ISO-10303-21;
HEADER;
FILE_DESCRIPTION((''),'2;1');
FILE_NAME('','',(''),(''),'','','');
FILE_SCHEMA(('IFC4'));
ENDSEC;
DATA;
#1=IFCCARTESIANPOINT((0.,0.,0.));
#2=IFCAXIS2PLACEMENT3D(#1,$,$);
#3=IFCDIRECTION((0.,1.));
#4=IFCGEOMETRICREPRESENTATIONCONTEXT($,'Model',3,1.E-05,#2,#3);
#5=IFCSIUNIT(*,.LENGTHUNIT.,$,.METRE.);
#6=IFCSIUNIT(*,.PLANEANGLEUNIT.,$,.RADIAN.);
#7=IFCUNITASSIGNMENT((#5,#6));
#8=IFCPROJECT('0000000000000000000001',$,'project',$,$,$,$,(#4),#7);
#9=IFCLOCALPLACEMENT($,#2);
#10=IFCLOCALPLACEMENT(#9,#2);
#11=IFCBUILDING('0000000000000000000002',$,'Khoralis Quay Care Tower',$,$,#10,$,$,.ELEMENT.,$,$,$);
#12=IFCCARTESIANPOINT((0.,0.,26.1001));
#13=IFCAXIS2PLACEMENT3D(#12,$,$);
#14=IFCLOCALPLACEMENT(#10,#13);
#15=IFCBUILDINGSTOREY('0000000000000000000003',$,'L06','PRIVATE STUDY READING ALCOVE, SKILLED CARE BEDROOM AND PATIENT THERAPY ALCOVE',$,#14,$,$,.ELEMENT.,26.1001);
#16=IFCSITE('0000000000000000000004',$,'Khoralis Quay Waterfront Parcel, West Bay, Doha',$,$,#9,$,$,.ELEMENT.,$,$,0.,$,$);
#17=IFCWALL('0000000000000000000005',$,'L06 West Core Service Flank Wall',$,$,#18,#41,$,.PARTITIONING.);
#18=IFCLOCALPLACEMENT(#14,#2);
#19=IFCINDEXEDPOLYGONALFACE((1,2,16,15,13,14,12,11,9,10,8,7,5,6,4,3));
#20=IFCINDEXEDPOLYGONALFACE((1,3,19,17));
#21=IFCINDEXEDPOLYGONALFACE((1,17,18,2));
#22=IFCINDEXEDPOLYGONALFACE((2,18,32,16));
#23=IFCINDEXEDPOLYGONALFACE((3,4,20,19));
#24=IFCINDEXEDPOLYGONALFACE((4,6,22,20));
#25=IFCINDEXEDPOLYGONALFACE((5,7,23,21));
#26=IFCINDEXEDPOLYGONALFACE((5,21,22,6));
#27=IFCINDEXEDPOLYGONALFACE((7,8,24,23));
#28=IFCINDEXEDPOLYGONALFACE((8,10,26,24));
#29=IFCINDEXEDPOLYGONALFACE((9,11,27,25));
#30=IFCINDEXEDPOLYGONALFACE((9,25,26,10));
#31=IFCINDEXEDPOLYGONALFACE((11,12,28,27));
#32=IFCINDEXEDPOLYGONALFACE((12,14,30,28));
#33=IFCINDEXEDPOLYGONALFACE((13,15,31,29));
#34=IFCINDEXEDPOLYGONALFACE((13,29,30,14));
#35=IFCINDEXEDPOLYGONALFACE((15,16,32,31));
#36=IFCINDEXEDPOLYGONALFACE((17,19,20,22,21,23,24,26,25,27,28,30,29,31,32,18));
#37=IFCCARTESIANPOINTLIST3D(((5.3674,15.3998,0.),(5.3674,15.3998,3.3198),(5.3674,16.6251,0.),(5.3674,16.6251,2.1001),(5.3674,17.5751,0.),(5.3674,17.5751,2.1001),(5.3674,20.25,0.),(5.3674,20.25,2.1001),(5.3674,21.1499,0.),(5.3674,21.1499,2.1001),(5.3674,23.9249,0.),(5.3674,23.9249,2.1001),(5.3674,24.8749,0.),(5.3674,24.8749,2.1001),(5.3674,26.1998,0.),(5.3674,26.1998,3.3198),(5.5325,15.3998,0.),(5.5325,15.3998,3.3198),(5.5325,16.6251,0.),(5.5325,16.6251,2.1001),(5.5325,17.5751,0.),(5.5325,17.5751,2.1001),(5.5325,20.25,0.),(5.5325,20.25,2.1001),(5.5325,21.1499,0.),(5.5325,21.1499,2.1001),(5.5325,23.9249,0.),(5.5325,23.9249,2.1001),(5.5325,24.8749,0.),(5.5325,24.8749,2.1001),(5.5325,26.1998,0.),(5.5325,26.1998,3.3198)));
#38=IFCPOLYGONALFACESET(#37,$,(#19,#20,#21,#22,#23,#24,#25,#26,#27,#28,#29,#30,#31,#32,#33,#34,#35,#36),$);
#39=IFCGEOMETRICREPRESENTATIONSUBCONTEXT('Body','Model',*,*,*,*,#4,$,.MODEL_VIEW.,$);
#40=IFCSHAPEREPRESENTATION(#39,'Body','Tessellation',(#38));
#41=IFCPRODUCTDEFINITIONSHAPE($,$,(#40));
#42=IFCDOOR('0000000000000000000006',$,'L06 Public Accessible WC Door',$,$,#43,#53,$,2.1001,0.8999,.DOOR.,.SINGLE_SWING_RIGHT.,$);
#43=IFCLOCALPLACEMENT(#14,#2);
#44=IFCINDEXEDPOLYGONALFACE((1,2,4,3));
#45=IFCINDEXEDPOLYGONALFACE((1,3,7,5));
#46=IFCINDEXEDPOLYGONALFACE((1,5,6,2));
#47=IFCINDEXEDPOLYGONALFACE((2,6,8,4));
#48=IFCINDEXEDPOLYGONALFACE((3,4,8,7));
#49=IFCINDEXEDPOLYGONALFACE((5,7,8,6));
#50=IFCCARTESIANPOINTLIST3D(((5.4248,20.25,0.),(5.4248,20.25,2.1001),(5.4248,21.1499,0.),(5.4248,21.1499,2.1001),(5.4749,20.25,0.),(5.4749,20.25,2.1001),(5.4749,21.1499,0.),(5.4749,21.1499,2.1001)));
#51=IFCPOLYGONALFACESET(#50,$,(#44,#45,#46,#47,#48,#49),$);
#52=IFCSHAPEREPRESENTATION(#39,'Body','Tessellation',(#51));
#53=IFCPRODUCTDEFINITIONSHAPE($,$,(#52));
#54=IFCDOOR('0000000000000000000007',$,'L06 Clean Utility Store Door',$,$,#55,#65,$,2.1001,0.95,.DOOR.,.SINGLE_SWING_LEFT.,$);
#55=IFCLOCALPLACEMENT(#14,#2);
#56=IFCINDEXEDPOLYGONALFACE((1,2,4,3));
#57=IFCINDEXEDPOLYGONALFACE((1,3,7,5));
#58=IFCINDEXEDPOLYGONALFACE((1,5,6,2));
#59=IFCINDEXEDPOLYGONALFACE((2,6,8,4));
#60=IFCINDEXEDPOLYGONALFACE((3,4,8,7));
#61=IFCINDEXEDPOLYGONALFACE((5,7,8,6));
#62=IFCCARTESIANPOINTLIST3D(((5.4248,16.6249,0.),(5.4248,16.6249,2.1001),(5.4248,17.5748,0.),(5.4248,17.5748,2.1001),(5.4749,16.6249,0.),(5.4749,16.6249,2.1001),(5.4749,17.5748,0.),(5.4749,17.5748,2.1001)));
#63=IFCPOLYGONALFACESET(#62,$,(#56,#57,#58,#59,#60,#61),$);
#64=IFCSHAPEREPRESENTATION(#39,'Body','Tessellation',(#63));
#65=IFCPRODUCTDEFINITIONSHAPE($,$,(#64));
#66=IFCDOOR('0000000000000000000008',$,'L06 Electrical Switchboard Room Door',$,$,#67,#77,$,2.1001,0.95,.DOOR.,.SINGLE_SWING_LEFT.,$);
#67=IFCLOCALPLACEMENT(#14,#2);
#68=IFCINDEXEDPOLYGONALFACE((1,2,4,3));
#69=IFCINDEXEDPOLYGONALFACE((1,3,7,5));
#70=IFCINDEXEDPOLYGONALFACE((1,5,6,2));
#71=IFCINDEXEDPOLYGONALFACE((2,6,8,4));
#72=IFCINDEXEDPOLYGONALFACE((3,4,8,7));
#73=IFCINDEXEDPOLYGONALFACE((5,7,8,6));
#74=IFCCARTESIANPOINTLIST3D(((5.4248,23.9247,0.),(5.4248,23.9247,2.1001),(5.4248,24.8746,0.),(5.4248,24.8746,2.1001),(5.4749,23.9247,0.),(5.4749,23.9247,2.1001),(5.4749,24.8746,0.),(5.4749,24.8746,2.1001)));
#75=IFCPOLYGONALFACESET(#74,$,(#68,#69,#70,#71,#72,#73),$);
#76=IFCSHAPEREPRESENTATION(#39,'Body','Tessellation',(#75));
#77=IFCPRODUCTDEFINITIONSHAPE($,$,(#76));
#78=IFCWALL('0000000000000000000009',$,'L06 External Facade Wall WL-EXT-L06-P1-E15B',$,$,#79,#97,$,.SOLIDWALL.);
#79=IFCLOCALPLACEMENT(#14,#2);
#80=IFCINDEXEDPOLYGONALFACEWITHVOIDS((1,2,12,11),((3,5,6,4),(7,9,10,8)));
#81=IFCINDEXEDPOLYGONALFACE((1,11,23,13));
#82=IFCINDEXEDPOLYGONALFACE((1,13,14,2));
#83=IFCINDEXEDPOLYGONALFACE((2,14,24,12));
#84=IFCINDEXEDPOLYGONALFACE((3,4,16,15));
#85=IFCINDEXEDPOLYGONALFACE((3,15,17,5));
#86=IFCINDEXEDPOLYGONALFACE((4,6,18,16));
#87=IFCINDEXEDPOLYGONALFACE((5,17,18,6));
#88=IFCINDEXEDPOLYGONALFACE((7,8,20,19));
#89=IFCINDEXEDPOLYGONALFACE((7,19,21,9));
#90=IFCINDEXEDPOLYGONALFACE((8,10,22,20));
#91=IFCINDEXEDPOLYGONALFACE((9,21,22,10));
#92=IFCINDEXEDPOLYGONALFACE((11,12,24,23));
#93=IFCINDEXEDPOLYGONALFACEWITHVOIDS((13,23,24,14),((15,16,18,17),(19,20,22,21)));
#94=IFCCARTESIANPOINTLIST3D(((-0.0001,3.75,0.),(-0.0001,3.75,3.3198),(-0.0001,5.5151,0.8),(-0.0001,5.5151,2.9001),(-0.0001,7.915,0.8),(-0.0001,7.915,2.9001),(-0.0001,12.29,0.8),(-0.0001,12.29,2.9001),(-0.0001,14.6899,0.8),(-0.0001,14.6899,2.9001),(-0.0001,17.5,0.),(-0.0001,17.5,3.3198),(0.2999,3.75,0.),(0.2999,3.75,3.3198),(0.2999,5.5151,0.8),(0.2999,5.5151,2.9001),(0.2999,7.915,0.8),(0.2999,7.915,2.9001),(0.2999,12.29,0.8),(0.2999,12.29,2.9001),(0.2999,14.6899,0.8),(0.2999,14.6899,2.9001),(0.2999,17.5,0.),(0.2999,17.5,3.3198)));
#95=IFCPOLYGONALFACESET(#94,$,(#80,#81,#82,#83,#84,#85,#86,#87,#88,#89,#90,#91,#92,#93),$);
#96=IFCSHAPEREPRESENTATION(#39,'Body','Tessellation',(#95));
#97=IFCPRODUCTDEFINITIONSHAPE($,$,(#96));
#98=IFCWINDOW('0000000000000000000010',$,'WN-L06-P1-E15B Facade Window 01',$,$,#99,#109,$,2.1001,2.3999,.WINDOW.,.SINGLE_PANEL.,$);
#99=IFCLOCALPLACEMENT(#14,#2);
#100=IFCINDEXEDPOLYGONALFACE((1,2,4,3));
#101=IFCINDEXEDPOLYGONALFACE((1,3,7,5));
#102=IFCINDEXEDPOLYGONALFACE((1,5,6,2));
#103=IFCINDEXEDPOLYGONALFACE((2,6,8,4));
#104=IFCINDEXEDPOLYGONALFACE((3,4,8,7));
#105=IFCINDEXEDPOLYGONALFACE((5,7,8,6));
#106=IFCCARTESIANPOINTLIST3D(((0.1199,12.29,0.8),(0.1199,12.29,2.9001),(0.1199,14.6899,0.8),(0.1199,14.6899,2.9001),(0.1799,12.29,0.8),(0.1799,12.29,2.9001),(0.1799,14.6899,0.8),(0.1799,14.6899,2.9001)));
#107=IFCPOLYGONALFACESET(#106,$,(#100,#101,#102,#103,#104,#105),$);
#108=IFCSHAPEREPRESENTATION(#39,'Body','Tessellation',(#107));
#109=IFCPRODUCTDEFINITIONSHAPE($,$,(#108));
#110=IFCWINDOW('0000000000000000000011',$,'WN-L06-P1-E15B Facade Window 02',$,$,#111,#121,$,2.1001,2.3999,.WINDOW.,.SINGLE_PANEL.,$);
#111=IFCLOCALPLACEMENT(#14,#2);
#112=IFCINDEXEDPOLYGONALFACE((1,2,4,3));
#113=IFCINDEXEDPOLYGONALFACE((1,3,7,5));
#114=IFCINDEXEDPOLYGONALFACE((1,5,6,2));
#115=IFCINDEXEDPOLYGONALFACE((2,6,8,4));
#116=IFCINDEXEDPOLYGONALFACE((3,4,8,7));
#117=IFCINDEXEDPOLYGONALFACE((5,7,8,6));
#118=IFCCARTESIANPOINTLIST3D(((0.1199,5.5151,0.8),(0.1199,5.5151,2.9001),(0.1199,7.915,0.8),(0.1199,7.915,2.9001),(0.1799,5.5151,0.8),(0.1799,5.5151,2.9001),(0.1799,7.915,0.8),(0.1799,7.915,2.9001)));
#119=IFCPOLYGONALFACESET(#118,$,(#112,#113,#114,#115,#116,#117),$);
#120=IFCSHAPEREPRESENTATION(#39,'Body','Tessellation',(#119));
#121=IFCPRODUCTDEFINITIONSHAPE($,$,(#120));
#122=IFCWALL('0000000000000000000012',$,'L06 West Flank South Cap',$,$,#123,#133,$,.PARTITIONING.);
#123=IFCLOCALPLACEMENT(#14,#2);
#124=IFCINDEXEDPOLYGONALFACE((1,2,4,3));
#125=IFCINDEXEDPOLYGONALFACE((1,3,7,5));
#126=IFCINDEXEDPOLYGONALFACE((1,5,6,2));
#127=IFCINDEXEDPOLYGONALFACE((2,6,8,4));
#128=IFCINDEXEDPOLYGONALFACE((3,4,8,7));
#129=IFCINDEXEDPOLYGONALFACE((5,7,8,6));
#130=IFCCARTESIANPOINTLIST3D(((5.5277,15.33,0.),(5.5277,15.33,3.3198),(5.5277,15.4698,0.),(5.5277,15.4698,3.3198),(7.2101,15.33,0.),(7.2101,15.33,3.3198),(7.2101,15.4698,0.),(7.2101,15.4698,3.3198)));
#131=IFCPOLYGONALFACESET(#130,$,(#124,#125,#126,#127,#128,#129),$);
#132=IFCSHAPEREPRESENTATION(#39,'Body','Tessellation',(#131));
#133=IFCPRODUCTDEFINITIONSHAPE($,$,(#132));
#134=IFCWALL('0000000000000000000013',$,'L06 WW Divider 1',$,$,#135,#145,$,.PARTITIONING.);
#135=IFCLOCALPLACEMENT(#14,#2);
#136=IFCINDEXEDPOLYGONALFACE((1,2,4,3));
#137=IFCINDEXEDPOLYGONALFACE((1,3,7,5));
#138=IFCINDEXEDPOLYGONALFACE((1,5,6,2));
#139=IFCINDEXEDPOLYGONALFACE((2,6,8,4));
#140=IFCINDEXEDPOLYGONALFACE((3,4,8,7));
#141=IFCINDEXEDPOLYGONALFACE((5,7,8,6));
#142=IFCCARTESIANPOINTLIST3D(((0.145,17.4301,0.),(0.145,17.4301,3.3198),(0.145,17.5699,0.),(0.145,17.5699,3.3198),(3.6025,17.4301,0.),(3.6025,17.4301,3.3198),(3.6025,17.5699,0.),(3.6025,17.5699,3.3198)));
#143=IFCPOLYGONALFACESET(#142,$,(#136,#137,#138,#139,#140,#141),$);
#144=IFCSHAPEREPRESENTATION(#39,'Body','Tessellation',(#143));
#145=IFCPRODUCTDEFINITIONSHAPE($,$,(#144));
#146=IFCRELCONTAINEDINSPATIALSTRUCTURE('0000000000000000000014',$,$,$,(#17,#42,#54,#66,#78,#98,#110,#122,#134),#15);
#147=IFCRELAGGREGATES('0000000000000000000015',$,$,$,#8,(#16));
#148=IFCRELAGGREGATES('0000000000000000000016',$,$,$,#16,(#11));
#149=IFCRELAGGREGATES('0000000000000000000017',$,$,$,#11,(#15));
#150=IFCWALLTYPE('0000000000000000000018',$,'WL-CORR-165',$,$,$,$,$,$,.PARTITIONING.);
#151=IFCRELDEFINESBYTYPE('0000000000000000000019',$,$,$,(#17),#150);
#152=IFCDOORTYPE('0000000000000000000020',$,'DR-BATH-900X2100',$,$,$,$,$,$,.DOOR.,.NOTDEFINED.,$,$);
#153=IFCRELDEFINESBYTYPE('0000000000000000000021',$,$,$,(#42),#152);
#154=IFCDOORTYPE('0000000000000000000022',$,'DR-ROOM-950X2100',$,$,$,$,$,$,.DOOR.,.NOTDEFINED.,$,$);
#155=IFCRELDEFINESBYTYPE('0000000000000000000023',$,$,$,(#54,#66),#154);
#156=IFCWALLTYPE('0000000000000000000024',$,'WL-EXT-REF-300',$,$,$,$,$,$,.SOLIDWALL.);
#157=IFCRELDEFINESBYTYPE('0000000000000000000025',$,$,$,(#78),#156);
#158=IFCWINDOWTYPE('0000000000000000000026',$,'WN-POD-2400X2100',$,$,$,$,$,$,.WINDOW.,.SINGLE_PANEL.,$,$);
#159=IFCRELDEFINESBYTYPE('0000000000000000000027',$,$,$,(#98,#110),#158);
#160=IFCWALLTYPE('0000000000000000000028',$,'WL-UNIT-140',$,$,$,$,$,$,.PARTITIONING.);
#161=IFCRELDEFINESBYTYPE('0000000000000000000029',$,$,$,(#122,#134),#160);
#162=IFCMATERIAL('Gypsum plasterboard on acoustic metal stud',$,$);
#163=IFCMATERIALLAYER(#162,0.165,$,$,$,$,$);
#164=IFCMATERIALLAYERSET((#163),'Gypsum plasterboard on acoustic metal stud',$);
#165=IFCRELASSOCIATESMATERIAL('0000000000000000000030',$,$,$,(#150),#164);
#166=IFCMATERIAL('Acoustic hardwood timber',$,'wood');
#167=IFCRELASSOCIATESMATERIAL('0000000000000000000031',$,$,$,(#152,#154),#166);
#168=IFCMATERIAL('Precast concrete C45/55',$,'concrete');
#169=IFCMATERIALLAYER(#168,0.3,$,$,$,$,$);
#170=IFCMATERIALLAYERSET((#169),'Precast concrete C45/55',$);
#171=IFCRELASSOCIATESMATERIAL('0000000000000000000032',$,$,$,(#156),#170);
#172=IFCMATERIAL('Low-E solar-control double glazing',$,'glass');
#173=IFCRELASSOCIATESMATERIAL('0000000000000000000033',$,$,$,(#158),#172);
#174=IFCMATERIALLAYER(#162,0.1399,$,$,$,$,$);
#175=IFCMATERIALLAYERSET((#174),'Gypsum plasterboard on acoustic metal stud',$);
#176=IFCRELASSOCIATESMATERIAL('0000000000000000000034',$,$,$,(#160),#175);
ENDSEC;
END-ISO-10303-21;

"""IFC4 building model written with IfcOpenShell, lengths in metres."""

from ifc_helpers import new_model, si_unit, direction, frame, frame_2d, origin, place, context, subcontext, project, spatial, rectangle, extrude, source, transform, mapped, material, layer, layer_set, type_object, element, fill, save


model = new_model("IFC4")

# Units and contexts
model_context = context("Model", 3, precision=1e-05, world=origin(), true_north=direction((0.0, 1.0)))
body_context = subcontext(model_context, "Body", "Model", "MODEL_VIEW")
ifc_project = project(units=[si_unit("LENGTHUNIT", "METRE"), si_unit("PLANEANGLEUNIT", "RADIAN")], contexts=[model_context])

# Site, building, storey
site_placement = place(None, origin())
site = spatial("IfcSite", under=ifc_project, at=site_placement, Name="Khoralis Quay Waterfront Parcel, West Bay, Doha", CompositionType="ELEMENT", RefElevation=0.0)
building_placement = place(site_placement, origin())
building = spatial("IfcBuilding", under=site, at=building_placement, Name="Khoralis Quay Care Tower", CompositionType="ELEMENT")
storey_placement = place(building_placement, frame((0.0, 0.0, 26.1001)))
storey = spatial("IfcBuildingStorey", under=building, at=storey_placement, Name="L06", Description="PRIVATE STUDY READING ALCOVE, SKILLED CARE BEDROOM AND PATIENT THERAPY ALCOVE", CompositionType="ELEMENT", Elevation=26.1001)

# Shared definitions
ifc_material_1 = material(Name="Low-E solar-control double glazing", Category="glass")

# Wall, openings, doors
ifc_material_2 = material(Name="Gypsum plasterboard on acoustic metal stud")
ifc_layer_1 = layer(ifc_material_2, 0.165)
ifc_layer_set_1 = layer_set([ifc_layer_1], Name="Gypsum plasterboard on acoustic metal stud")
wall_type_1 = type_object("IfcWallType", Name="WL-CORR-165", PredefinedType="PARTITIONING", material=ifc_layer_set_1)
wall_1_placement = place(storey_placement, frame((5.45, 15.3999, 0.0), z_axis=(0.0, 0.0, 1.0), x_axis=(0.0, 1.0, 0.0)))
wall_1 = element("IfcWall", 1, at=wall_1_placement, inside=storey, type_object=wall_type_1, Name="L06 West Core Service Flank Wall", PredefinedType="PARTITIONING", context=body_context, shape_type="SweptSolid", body=[
    extrude(rectangle(XDim=10.8, YDim=0.165, at=frame_2d((5.3999, 0.0))), origin(), (0.0, 0.0, 1.0), 3.3198),
])
opening_1_placement = place(wall_1_placement, frame((1.2251, 0.0, 0.0)))
opening_1 = element("IfcOpeningElement", 2, at=opening_1_placement, cuts=wall_1, PredefinedType="OPENING", context=body_context, shape_type="SweptSolid", body=[
    extrude(rectangle(XDim=0.95, YDim=2.1001, at=frame_2d((0.4751, 1.05))), frame((0.0, 0.0925, 0.0), z_axis=(0.0, -1.0, 0.0), x_axis=(1.0, 0.0, 0.0)), (0.0, 0.0, 1.0), 0.1851),
])
opening_2_placement = place(wall_1_placement, frame((4.8501, 0.0, 0.0)))
opening_2 = element("IfcOpeningElement", 3, at=opening_2_placement, cuts=wall_1, PredefinedType="OPENING", context=body_context, shape_type="SweptSolid", body=[
    extrude(rectangle(XDim=0.8999, YDim=2.1001, at=frame_2d((0.45, 1.05))), frame((0.0, 0.0925, 0.0), z_axis=(0.0, -1.0, 0.0), x_axis=(1.0, 0.0, 0.0)), (0.0, 0.0, 1.0), 0.1851),
])
opening_3_placement = place(wall_1_placement, frame((8.5249, 0.0, 0.0)))
opening_3 = element("IfcOpeningElement", 4, at=opening_3_placement, cuts=wall_1, PredefinedType="OPENING", context=body_context, shape_type="SweptSolid", body=[
    extrude(rectangle(XDim=0.95, YDim=2.1001, at=frame_2d((0.4751, 1.05))), frame((0.0, 0.0925, 0.0), z_axis=(0.0, -1.0, 0.0), x_axis=(1.0, 0.0, 0.0)), (0.0, 0.0, 1.0), 0.1851),
])
ifc_material_3 = material(Name="Acoustic hardwood timber", Category="wood")
door_type_1 = type_object("IfcDoorType", Name="DR-BATH-900X2100", OperationType="NOTDEFINED", PredefinedType="DOOR", material=ifc_material_3)
shared_shape_1 = source(origin(), body_context, "Body", "SweptSolid", [
    extrude(rectangle(XDim=0.8999, YDim=2.1001, at=frame_2d((0.45, 1.05))), frame((0.0, 0.0249, 0.0), z_axis=(0.0, -1.0, 0.0), x_axis=(1.0, 0.0, 0.0)), (0.0, 0.0, 1.0), 0.05),
])
door_1_placement = place(opening_2_placement, frame((0.8999, 0.0, 0.0), z_axis=(0.0, 0.0, 1.0), x_axis=(-1.0, 0.0, 0.0)))
door_1 = element("IfcDoor", 5, at=door_1_placement, inside=storey, type_object=door_type_1, Name="L06 Public Accessible WC Door", OperationType="SINGLE_SWING_RIGHT", OverallHeight=2.1001, OverallWidth=0.8999, PredefinedType="DOOR", context=body_context, shape_type="MappedRepresentation", body=[
    mapped(shared_shape_1, transform((0.0, 0.0, 0.0), scale=1.0)),
])
fill(opening_2, door_1)
door_type_2 = type_object("IfcDoorType", Name="DR-ROOM-950X2100", OperationType="NOTDEFINED", PredefinedType="DOOR", material=ifc_material_3)
shared_shape_2 = source(origin(), body_context, "Body", "SweptSolid", [
    extrude(rectangle(XDim=0.95, YDim=2.1001, at=frame_2d((0.4751, 1.05))), frame((0.0, 0.0249, 0.0), z_axis=(0.0, -1.0, 0.0), x_axis=(1.0, 0.0, 0.0)), (0.0, 0.0, 1.0), 0.05),
])
door_2_placement = place(opening_1_placement, frame((0.95, 0.0, 0.0), z_axis=(0.0, 0.0, 1.0), x_axis=(-1.0, 0.0, 0.0)))
door_2 = element("IfcDoor", 6, at=door_2_placement, inside=storey, type_object=door_type_2, Name="L06 Clean Utility Store Door", OperationType="SINGLE_SWING_LEFT", OverallHeight=2.1001, OverallWidth=0.95, PredefinedType="DOOR", context=body_context, shape_type="MappedRepresentation", body=[
    mapped(shared_shape_2, transform((0.0, 0.0, 0.0), scale=1.0)),
])
fill(opening_1, door_2)
door_3_placement = place(opening_3_placement, frame((0.95, 0.0, 0.0), z_axis=(0.0, 0.0, 1.0), x_axis=(-1.0, 0.0, 0.0)))
door_3 = element("IfcDoor", 7, at=door_3_placement, inside=storey, type_object=door_type_2, Name="L06 Electrical Switchboard Room Door", OperationType="SINGLE_SWING_LEFT", OverallHeight=2.1001, OverallWidth=0.95, PredefinedType="DOOR", context=body_context, shape_type="MappedRepresentation", body=[
    mapped(shared_shape_2, transform((0.0, 0.0, 0.0), scale=1.0)),
])
fill(opening_3, door_3)

# Wall, openings, windows
ifc_material_4 = material(Name="Precast concrete C45/55", Category="concrete")
ifc_layer_2 = layer(ifc_material_4, 0.3)
ifc_layer_set_2 = layer_set([ifc_layer_2], Name="Precast concrete C45/55")
wall_type_2 = type_object("IfcWallType", Name="WL-EXT-REF-300", PredefinedType="SOLIDWALL", material=ifc_layer_set_2)
wall_2_placement = place(storey_placement, frame((0.1499, 17.5, 0.0), z_axis=(0.0, 0.0, 1.0), x_axis=(0.0, -1.0, 0.0)))
wall_2 = element("IfcWall", 8, at=wall_2_placement, inside=storey, type_object=wall_type_2, Name="L06 External Facade Wall WL-EXT-L06-P1-E15B", PredefinedType="SOLIDWALL", context=body_context, shape_type="SweptSolid", body=[
    extrude(rectangle(XDim=13.75, YDim=0.3, at=frame_2d((6.875, 0.0))), origin(), (0.0, 0.0, 1.0), 3.3198),
])
opening_4_placement = place(wall_2_placement, frame((2.8101, 0.0, 0.8)))
opening_4 = element("IfcOpeningElement", 9, at=opening_4_placement, cuts=wall_2, PredefinedType="OPENING", context=body_context, shape_type="SweptSolid", body=[
    extrude(rectangle(XDim=2.3999, YDim=2.1001, at=frame_2d((1.2, 1.05))), frame((0.0, 0.1602, 0.0), z_axis=(0.0, -1.0, 0.0), x_axis=(1.0, 0.0, 0.0)), (0.0, 0.0, 1.0), 0.3201),
])
opening_5_placement = place(wall_2_placement, frame((9.585, 0.0, 0.8)))
opening_5 = element("IfcOpeningElement", 10, at=opening_5_placement, cuts=wall_2, PredefinedType="OPENING", context=body_context, shape_type="SweptSolid", body=[
    extrude(rectangle(XDim=2.3999, YDim=2.1001, at=frame_2d((1.2, 1.05))), frame((0.0, 0.1602, 0.0), z_axis=(0.0, -1.0, 0.0), x_axis=(1.0, 0.0, 0.0)), (0.0, 0.0, 1.0), 0.3201),
])
window_type = type_object("IfcWindowType", Name="WN-POD-2400X2100", PartitioningType="SINGLE_PANEL", PredefinedType="WINDOW", material=ifc_material_1)
shared_shape_3 = source(origin(), body_context, "Body", "SweptSolid", [
    extrude(rectangle(XDim=2.3999, YDim=2.1001, at=frame_2d((1.2, 1.05))), frame((0.0, 0.03, 0.0), z_axis=(0.0, -1.0, 0.0), x_axis=(1.0, 0.0, 0.0)), (0.0, 0.0, 1.0), 0.0601),
])
window_1_placement = place(opening_4_placement, origin())
window_1 = element("IfcWindow", 11, at=window_1_placement, inside=storey, type_object=window_type, Name="WN-L06-P1-E15B Facade Window 01", OverallHeight=2.1001, OverallWidth=2.3999, PartitioningType="SINGLE_PANEL", PredefinedType="WINDOW", context=body_context, shape_type="MappedRepresentation", body=[
    mapped(shared_shape_3, transform((0.0, 0.0, 0.0), scale=1.0)),
])
fill(opening_4, window_1)
window_2_placement = place(opening_5_placement, origin())
window_2 = element("IfcWindow", 12, at=window_2_placement, inside=storey, type_object=window_type, Name="WN-L06-P1-E15B Facade Window 02", OverallHeight=2.1001, OverallWidth=2.3999, PartitioningType="SINGLE_PANEL", PredefinedType="WINDOW", context=body_context, shape_type="MappedRepresentation", body=[
    mapped(shared_shape_3, transform((0.0, 0.0, 0.0), scale=1.0)),
])
fill(opening_5, window_2)

# Walls
ifc_layer_3 = layer(ifc_material_2, 0.1399)
ifc_layer_set_3 = layer_set([ifc_layer_3], Name="Gypsum plasterboard on acoustic metal stud")
wall_type_3 = type_object("IfcWallType", Name="WL-UNIT-140", PredefinedType="PARTITIONING", material=ifc_layer_set_3)
wall_3_placement = place(storey_placement, frame((5.5276, 15.3999, 0.0), z_axis=(0.0, 0.0, 1.0), x_axis=(1.0, 0.0, 0.0)))
element("IfcWall", 13, at=wall_3_placement, inside=storey, type_object=wall_type_3, Name="L06 West Flank South Cap", PredefinedType="PARTITIONING", context=body_context, shape_type="SweptSolid", body=[
    extrude(rectangle(XDim=1.6824, YDim=0.1399, at=frame_2d((0.8413, 0.0))), origin(), (0.0, 0.0, 1.0), 3.3198),
])
wall_4_placement = place(storey_placement, frame((0.145, 17.5, 0.0), z_axis=(0.0, 0.0, 1.0), x_axis=(1.0, 0.0, 0.0)))
element("IfcWall", 14, at=wall_4_placement, inside=storey, type_object=wall_type_3, Name="L06 WW Divider 1", PredefinedType="PARTITIONING", context=body_context, shape_type="SweptSolid", body=[
    extrude(rectangle(XDim=3.4575, YDim=0.1399, at=frame_2d((1.7288, 0.0))), origin(), (0.0, 0.0, 1.0), 3.3198),
])

save(model, "model.ifc")
